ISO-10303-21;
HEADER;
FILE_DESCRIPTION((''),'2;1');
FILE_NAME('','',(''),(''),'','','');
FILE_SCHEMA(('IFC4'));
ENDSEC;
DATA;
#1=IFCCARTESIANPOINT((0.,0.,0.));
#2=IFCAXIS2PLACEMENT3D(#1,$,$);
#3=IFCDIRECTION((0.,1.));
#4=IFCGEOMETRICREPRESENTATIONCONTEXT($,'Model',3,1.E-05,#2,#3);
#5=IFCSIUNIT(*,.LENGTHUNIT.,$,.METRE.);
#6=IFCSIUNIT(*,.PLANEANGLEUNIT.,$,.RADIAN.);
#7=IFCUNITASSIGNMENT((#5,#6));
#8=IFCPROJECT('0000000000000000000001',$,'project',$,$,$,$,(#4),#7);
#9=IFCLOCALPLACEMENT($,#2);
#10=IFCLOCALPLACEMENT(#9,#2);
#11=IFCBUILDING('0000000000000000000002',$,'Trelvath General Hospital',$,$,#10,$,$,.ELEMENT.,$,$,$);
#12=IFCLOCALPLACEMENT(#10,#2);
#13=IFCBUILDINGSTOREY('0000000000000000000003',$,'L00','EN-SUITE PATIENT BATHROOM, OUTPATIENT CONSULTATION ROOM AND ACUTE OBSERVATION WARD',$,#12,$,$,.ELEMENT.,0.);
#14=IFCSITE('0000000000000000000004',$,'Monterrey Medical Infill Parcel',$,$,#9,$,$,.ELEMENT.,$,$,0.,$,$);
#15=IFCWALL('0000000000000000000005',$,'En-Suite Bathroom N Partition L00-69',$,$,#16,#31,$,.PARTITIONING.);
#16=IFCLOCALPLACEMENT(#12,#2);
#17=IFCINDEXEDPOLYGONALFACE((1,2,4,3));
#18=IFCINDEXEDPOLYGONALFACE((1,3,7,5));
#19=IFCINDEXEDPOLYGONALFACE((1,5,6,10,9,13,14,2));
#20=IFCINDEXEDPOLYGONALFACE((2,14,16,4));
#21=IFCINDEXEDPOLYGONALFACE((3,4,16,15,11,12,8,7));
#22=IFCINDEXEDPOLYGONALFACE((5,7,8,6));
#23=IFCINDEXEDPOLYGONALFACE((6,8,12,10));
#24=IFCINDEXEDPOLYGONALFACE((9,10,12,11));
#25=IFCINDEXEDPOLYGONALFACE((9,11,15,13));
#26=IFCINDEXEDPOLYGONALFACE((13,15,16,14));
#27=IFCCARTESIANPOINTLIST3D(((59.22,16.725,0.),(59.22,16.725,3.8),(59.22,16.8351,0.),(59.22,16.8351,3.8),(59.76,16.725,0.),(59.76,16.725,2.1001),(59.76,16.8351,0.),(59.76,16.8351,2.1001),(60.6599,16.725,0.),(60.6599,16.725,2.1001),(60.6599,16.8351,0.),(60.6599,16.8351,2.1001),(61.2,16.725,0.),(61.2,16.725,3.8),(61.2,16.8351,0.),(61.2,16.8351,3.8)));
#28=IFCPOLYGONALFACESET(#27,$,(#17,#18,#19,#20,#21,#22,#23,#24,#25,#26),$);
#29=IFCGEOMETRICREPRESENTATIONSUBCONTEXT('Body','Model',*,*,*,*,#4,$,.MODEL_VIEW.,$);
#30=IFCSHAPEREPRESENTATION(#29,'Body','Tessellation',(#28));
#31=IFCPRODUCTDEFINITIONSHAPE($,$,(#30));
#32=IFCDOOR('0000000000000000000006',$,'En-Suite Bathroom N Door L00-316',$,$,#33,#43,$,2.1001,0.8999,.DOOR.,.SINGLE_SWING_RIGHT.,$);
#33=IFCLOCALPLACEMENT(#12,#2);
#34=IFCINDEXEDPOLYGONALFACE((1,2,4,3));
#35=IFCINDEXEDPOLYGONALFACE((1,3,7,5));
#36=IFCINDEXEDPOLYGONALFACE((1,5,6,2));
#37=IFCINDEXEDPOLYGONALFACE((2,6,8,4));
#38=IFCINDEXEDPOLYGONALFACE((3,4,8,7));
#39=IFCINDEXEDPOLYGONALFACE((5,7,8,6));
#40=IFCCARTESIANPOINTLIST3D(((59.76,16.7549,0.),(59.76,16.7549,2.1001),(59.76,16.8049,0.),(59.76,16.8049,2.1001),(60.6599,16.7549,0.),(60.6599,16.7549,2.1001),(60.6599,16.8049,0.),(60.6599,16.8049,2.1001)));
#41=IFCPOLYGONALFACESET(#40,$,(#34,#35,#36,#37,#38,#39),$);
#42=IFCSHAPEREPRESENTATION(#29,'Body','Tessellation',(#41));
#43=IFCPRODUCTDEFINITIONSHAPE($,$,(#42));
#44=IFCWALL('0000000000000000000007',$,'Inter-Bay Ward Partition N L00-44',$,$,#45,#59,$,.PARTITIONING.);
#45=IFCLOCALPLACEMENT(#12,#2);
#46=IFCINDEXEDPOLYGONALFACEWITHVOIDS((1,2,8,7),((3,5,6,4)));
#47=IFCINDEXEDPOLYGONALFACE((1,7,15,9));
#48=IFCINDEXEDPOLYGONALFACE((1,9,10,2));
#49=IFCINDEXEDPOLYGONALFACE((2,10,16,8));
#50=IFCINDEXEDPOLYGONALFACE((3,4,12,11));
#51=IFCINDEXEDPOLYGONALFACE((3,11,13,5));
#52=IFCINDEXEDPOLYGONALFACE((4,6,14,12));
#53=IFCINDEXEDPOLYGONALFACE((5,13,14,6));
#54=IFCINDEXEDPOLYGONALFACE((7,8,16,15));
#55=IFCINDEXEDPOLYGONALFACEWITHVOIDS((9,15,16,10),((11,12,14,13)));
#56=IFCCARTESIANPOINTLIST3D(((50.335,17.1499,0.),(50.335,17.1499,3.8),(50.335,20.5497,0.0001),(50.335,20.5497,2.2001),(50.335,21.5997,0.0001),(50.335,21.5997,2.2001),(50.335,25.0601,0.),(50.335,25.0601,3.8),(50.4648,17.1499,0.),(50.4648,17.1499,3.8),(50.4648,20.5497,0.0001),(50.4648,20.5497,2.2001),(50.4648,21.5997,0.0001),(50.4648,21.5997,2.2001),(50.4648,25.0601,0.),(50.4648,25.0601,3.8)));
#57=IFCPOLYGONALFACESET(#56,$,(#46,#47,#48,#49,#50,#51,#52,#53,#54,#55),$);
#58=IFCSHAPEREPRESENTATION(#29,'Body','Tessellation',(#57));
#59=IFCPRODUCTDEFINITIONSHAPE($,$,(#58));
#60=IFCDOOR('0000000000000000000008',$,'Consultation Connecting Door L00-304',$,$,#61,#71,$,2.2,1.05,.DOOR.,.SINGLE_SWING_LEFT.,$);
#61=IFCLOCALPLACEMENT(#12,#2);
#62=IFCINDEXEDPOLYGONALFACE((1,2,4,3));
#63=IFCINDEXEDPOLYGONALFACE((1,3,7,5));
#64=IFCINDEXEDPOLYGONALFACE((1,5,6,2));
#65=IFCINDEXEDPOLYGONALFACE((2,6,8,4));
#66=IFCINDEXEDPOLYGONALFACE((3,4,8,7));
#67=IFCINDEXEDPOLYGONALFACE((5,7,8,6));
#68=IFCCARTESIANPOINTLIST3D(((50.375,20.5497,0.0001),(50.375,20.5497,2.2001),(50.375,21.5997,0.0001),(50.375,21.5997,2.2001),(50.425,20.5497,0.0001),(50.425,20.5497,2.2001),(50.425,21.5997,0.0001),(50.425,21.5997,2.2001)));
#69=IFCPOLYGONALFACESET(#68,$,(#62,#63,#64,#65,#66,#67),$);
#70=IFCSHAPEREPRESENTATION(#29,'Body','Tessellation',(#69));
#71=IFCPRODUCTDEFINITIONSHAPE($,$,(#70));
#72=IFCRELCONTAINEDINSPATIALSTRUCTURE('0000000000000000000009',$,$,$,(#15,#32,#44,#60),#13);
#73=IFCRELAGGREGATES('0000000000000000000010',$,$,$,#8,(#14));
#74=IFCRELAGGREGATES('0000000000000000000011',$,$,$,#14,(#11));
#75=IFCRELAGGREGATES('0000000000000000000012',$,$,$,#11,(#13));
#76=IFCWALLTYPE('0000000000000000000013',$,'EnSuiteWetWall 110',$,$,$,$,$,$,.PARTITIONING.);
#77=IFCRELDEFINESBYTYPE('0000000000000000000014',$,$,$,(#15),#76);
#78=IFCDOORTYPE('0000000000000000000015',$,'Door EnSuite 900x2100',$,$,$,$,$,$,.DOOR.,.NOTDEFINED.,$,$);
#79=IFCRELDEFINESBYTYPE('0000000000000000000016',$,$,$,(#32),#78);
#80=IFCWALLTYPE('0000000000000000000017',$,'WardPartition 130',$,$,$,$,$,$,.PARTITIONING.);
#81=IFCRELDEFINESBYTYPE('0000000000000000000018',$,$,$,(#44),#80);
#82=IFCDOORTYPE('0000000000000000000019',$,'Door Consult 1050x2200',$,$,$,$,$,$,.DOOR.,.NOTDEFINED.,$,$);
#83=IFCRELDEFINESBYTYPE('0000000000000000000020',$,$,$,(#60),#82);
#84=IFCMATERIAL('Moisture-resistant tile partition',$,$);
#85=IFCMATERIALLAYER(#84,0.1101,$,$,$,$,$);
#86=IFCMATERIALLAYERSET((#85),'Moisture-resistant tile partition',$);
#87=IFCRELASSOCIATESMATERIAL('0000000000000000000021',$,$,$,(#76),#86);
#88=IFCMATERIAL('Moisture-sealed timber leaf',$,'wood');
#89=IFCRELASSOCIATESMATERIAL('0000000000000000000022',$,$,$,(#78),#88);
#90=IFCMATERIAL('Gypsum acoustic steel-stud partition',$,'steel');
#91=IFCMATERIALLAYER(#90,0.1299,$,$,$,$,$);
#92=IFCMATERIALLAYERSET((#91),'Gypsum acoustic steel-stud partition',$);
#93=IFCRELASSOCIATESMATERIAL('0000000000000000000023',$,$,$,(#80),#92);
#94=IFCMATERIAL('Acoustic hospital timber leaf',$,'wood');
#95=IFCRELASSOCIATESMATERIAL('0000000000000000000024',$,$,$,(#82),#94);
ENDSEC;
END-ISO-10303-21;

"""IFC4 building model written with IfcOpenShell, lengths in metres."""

from ifc_helpers import new_model, si_unit, direction, frame, frame_2d, origin, place, context, subcontext, project, spatial, rectangle, extrude, material, layer, layer_set, type_object, element, fill, save


model = new_model("IFC4")

# Units and contexts
model_context = context("Model", 3, precision=1e-05, world=origin(), true_north=direction((0.0, 1.0)))
body_context = subcontext(model_context, "Body", "Model", "MODEL_VIEW")
ifc_project = project(units=[si_unit("LENGTHUNIT", "METRE"), si_unit("PLANEANGLEUNIT", "RADIAN")], contexts=[model_context])

# Site, building, storey
site_placement = place(None, origin())
site = spatial("IfcSite", under=ifc_project, at=site_placement, Name="Monterrey Medical Infill Parcel", CompositionType="ELEMENT", RefElevation=0.0)
building_placement = place(site_placement, origin())
building = spatial("IfcBuilding", under=site, at=building_placement, Name="Trelvath General Hospital", CompositionType="ELEMENT")
storey_placement = place(building_placement, origin())
storey = spatial("IfcBuildingStorey", under=building, at=storey_placement, Name="L00", Description="EN-SUITE PATIENT BATHROOM, OUTPATIENT CONSULTATION ROOM AND ACUTE OBSERVATION WARD", CompositionType="ELEMENT", Elevation=0.0)

# Walls, openings, doors
ifc_material_1 = material(Name="Moisture-resistant tile partition")
ifc_layer_1 = layer(ifc_material_1, 0.1101)
ifc_layer_set_1 = layer_set([ifc_layer_1], Name="Moisture-resistant tile partition")
wall_type_1 = type_object("IfcWallType", Name="EnSuiteWetWall 110", PredefinedType="PARTITIONING", material=ifc_layer_set_1)
ifc_material_2 = material(Name="Moisture-sealed timber leaf", Category="wood")
door_type_1 = type_object("IfcDoorType", Name="Door EnSuite 900x2100", OperationType="NOTDEFINED", PredefinedType="DOOR", material=ifc_material_2)
wall_1_placement = place(storey_placement, frame((59.22, 16.78, 0.0), z_axis=(0.0, 0.0, 1.0), x_axis=(1.0, 0.0, 0.0)))
wall_1 = element("IfcWall", 1, at=wall_1_placement, inside=storey, type_object=wall_type_1, Name="En-Suite Bathroom N Partition L00-69", PredefinedType="PARTITIONING", context=body_context, shape_type="SweptSolid", body=[
    extrude(rectangle(XDim=1.98, YDim=0.1101, at=frame_2d((0.99, 0.0))), origin(), (0.0, 0.0, 1.0), 3.8),
])
opening_1_placement = place(wall_1_placement, frame((0.54, 0.0, 0.0)))
opening_1 = element("IfcOpeningElement", 2, at=opening_1_placement, cuts=wall_1, PredefinedType="OPENING", context=body_context, shape_type="SweptSolid", body=[
    extrude(rectangle(XDim=0.8999, YDim=2.1001, at=frame_2d((0.45, 1.05))), frame((0.0, 0.0649, 0.0), z_axis=(0.0, -1.0, 0.0), x_axis=(1.0, 0.0, 0.0)), (0.0, 0.0, 1.0), 0.1301),
])
door_1_placement = place(opening_1_placement, origin())
door_1 = element("IfcDoor", 3, at=door_1_placement, inside=storey, type_object=door_type_1, Name="En-Suite Bathroom N Door L00-316", OperationType="SINGLE_SWING_RIGHT", OverallHeight=2.1001, OverallWidth=0.8999, PredefinedType="DOOR", context=body_context, shape_type="SweptSolid", body=[
    extrude(rectangle(XDim=0.8999, YDim=2.1001, at=frame_2d((0.45, 1.05))), frame((0.0, 0.0249, 0.0), z_axis=(0.0, -1.0, 0.0), x_axis=(1.0, 0.0, 0.0)), (0.0, 0.0, 1.0), 0.05),
])
fill(opening_1, door_1)
ifc_material_3 = material(Name="Gypsum acoustic steel-stud partition", Category="steel")
ifc_layer_2 = layer(ifc_material_3, 0.1299)
ifc_layer_set_2 = layer_set([ifc_layer_2], Name="Gypsum acoustic steel-stud partition")
wall_type_2 = type_object("IfcWallType", Name="WardPartition 130", PredefinedType="PARTITIONING", material=ifc_layer_set_2)
wall_2_placement = place(storey_placement, frame((50.3999, 17.1499, 0.0), z_axis=(0.0, 0.0, 1.0), x_axis=(0.0, 1.0, 0.0)))
wall_2 = element("IfcWall", 4, at=wall_2_placement, inside=storey, type_object=wall_type_2, Name="Inter-Bay Ward Partition N L00-44", PredefinedType="PARTITIONING", context=body_context, shape_type="SweptSolid", body=[
    extrude(rectangle(XDim=7.9102, YDim=0.1299, at=frame_2d((3.9551, 0.0))), origin(), (0.0, 0.0, 1.0), 3.8),
])
opening_2_placement = place(wall_2_placement, frame((3.3999, 0.0, 0.0)))
opening_2 = element("IfcOpeningElement", 5, at=opening_2_placement, cuts=wall_2, PredefinedType="OPENING", context=body_context, shape_type="SweptSolid", body=[
    extrude(rectangle(XDim=1.05, YDim=2.2, at=frame_2d((0.5249, 1.1001))), frame((0.0, 0.075, 0.0), z_axis=(0.0, -1.0, 0.0), x_axis=(1.0, 0.0, 0.0)), (0.0, 0.0, 1.0), 0.1499),
])
ifc_material_4 = material(Name="Acoustic hospital timber leaf", Category="wood")
door_type_2 = type_object("IfcDoorType", Name="Door Consult 1050x2200", OperationType="NOTDEFINED", PredefinedType="DOOR", material=ifc_material_4)
door_2_placement = place(opening_2_placement, origin())
door_2 = element("IfcDoor", 6, at=door_2_placement, inside=storey, type_object=door_type_2, Name="Consultation Connecting Door L00-304", OperationType="SINGLE_SWING_LEFT", OverallHeight=2.2, OverallWidth=1.05, PredefinedType="DOOR", context=body_context, shape_type="SweptSolid", body=[
    extrude(rectangle(XDim=1.05, YDim=2.2, at=frame_2d((0.5249, 1.1001))), frame((0.0, 0.0249, 0.0), z_axis=(0.0, -1.0, 0.0), x_axis=(1.0, 0.0, 0.0)), (0.0, 0.0, 1.0), 0.05),
])
fill(opening_2, door_2)

save(model, "model.ifc")
